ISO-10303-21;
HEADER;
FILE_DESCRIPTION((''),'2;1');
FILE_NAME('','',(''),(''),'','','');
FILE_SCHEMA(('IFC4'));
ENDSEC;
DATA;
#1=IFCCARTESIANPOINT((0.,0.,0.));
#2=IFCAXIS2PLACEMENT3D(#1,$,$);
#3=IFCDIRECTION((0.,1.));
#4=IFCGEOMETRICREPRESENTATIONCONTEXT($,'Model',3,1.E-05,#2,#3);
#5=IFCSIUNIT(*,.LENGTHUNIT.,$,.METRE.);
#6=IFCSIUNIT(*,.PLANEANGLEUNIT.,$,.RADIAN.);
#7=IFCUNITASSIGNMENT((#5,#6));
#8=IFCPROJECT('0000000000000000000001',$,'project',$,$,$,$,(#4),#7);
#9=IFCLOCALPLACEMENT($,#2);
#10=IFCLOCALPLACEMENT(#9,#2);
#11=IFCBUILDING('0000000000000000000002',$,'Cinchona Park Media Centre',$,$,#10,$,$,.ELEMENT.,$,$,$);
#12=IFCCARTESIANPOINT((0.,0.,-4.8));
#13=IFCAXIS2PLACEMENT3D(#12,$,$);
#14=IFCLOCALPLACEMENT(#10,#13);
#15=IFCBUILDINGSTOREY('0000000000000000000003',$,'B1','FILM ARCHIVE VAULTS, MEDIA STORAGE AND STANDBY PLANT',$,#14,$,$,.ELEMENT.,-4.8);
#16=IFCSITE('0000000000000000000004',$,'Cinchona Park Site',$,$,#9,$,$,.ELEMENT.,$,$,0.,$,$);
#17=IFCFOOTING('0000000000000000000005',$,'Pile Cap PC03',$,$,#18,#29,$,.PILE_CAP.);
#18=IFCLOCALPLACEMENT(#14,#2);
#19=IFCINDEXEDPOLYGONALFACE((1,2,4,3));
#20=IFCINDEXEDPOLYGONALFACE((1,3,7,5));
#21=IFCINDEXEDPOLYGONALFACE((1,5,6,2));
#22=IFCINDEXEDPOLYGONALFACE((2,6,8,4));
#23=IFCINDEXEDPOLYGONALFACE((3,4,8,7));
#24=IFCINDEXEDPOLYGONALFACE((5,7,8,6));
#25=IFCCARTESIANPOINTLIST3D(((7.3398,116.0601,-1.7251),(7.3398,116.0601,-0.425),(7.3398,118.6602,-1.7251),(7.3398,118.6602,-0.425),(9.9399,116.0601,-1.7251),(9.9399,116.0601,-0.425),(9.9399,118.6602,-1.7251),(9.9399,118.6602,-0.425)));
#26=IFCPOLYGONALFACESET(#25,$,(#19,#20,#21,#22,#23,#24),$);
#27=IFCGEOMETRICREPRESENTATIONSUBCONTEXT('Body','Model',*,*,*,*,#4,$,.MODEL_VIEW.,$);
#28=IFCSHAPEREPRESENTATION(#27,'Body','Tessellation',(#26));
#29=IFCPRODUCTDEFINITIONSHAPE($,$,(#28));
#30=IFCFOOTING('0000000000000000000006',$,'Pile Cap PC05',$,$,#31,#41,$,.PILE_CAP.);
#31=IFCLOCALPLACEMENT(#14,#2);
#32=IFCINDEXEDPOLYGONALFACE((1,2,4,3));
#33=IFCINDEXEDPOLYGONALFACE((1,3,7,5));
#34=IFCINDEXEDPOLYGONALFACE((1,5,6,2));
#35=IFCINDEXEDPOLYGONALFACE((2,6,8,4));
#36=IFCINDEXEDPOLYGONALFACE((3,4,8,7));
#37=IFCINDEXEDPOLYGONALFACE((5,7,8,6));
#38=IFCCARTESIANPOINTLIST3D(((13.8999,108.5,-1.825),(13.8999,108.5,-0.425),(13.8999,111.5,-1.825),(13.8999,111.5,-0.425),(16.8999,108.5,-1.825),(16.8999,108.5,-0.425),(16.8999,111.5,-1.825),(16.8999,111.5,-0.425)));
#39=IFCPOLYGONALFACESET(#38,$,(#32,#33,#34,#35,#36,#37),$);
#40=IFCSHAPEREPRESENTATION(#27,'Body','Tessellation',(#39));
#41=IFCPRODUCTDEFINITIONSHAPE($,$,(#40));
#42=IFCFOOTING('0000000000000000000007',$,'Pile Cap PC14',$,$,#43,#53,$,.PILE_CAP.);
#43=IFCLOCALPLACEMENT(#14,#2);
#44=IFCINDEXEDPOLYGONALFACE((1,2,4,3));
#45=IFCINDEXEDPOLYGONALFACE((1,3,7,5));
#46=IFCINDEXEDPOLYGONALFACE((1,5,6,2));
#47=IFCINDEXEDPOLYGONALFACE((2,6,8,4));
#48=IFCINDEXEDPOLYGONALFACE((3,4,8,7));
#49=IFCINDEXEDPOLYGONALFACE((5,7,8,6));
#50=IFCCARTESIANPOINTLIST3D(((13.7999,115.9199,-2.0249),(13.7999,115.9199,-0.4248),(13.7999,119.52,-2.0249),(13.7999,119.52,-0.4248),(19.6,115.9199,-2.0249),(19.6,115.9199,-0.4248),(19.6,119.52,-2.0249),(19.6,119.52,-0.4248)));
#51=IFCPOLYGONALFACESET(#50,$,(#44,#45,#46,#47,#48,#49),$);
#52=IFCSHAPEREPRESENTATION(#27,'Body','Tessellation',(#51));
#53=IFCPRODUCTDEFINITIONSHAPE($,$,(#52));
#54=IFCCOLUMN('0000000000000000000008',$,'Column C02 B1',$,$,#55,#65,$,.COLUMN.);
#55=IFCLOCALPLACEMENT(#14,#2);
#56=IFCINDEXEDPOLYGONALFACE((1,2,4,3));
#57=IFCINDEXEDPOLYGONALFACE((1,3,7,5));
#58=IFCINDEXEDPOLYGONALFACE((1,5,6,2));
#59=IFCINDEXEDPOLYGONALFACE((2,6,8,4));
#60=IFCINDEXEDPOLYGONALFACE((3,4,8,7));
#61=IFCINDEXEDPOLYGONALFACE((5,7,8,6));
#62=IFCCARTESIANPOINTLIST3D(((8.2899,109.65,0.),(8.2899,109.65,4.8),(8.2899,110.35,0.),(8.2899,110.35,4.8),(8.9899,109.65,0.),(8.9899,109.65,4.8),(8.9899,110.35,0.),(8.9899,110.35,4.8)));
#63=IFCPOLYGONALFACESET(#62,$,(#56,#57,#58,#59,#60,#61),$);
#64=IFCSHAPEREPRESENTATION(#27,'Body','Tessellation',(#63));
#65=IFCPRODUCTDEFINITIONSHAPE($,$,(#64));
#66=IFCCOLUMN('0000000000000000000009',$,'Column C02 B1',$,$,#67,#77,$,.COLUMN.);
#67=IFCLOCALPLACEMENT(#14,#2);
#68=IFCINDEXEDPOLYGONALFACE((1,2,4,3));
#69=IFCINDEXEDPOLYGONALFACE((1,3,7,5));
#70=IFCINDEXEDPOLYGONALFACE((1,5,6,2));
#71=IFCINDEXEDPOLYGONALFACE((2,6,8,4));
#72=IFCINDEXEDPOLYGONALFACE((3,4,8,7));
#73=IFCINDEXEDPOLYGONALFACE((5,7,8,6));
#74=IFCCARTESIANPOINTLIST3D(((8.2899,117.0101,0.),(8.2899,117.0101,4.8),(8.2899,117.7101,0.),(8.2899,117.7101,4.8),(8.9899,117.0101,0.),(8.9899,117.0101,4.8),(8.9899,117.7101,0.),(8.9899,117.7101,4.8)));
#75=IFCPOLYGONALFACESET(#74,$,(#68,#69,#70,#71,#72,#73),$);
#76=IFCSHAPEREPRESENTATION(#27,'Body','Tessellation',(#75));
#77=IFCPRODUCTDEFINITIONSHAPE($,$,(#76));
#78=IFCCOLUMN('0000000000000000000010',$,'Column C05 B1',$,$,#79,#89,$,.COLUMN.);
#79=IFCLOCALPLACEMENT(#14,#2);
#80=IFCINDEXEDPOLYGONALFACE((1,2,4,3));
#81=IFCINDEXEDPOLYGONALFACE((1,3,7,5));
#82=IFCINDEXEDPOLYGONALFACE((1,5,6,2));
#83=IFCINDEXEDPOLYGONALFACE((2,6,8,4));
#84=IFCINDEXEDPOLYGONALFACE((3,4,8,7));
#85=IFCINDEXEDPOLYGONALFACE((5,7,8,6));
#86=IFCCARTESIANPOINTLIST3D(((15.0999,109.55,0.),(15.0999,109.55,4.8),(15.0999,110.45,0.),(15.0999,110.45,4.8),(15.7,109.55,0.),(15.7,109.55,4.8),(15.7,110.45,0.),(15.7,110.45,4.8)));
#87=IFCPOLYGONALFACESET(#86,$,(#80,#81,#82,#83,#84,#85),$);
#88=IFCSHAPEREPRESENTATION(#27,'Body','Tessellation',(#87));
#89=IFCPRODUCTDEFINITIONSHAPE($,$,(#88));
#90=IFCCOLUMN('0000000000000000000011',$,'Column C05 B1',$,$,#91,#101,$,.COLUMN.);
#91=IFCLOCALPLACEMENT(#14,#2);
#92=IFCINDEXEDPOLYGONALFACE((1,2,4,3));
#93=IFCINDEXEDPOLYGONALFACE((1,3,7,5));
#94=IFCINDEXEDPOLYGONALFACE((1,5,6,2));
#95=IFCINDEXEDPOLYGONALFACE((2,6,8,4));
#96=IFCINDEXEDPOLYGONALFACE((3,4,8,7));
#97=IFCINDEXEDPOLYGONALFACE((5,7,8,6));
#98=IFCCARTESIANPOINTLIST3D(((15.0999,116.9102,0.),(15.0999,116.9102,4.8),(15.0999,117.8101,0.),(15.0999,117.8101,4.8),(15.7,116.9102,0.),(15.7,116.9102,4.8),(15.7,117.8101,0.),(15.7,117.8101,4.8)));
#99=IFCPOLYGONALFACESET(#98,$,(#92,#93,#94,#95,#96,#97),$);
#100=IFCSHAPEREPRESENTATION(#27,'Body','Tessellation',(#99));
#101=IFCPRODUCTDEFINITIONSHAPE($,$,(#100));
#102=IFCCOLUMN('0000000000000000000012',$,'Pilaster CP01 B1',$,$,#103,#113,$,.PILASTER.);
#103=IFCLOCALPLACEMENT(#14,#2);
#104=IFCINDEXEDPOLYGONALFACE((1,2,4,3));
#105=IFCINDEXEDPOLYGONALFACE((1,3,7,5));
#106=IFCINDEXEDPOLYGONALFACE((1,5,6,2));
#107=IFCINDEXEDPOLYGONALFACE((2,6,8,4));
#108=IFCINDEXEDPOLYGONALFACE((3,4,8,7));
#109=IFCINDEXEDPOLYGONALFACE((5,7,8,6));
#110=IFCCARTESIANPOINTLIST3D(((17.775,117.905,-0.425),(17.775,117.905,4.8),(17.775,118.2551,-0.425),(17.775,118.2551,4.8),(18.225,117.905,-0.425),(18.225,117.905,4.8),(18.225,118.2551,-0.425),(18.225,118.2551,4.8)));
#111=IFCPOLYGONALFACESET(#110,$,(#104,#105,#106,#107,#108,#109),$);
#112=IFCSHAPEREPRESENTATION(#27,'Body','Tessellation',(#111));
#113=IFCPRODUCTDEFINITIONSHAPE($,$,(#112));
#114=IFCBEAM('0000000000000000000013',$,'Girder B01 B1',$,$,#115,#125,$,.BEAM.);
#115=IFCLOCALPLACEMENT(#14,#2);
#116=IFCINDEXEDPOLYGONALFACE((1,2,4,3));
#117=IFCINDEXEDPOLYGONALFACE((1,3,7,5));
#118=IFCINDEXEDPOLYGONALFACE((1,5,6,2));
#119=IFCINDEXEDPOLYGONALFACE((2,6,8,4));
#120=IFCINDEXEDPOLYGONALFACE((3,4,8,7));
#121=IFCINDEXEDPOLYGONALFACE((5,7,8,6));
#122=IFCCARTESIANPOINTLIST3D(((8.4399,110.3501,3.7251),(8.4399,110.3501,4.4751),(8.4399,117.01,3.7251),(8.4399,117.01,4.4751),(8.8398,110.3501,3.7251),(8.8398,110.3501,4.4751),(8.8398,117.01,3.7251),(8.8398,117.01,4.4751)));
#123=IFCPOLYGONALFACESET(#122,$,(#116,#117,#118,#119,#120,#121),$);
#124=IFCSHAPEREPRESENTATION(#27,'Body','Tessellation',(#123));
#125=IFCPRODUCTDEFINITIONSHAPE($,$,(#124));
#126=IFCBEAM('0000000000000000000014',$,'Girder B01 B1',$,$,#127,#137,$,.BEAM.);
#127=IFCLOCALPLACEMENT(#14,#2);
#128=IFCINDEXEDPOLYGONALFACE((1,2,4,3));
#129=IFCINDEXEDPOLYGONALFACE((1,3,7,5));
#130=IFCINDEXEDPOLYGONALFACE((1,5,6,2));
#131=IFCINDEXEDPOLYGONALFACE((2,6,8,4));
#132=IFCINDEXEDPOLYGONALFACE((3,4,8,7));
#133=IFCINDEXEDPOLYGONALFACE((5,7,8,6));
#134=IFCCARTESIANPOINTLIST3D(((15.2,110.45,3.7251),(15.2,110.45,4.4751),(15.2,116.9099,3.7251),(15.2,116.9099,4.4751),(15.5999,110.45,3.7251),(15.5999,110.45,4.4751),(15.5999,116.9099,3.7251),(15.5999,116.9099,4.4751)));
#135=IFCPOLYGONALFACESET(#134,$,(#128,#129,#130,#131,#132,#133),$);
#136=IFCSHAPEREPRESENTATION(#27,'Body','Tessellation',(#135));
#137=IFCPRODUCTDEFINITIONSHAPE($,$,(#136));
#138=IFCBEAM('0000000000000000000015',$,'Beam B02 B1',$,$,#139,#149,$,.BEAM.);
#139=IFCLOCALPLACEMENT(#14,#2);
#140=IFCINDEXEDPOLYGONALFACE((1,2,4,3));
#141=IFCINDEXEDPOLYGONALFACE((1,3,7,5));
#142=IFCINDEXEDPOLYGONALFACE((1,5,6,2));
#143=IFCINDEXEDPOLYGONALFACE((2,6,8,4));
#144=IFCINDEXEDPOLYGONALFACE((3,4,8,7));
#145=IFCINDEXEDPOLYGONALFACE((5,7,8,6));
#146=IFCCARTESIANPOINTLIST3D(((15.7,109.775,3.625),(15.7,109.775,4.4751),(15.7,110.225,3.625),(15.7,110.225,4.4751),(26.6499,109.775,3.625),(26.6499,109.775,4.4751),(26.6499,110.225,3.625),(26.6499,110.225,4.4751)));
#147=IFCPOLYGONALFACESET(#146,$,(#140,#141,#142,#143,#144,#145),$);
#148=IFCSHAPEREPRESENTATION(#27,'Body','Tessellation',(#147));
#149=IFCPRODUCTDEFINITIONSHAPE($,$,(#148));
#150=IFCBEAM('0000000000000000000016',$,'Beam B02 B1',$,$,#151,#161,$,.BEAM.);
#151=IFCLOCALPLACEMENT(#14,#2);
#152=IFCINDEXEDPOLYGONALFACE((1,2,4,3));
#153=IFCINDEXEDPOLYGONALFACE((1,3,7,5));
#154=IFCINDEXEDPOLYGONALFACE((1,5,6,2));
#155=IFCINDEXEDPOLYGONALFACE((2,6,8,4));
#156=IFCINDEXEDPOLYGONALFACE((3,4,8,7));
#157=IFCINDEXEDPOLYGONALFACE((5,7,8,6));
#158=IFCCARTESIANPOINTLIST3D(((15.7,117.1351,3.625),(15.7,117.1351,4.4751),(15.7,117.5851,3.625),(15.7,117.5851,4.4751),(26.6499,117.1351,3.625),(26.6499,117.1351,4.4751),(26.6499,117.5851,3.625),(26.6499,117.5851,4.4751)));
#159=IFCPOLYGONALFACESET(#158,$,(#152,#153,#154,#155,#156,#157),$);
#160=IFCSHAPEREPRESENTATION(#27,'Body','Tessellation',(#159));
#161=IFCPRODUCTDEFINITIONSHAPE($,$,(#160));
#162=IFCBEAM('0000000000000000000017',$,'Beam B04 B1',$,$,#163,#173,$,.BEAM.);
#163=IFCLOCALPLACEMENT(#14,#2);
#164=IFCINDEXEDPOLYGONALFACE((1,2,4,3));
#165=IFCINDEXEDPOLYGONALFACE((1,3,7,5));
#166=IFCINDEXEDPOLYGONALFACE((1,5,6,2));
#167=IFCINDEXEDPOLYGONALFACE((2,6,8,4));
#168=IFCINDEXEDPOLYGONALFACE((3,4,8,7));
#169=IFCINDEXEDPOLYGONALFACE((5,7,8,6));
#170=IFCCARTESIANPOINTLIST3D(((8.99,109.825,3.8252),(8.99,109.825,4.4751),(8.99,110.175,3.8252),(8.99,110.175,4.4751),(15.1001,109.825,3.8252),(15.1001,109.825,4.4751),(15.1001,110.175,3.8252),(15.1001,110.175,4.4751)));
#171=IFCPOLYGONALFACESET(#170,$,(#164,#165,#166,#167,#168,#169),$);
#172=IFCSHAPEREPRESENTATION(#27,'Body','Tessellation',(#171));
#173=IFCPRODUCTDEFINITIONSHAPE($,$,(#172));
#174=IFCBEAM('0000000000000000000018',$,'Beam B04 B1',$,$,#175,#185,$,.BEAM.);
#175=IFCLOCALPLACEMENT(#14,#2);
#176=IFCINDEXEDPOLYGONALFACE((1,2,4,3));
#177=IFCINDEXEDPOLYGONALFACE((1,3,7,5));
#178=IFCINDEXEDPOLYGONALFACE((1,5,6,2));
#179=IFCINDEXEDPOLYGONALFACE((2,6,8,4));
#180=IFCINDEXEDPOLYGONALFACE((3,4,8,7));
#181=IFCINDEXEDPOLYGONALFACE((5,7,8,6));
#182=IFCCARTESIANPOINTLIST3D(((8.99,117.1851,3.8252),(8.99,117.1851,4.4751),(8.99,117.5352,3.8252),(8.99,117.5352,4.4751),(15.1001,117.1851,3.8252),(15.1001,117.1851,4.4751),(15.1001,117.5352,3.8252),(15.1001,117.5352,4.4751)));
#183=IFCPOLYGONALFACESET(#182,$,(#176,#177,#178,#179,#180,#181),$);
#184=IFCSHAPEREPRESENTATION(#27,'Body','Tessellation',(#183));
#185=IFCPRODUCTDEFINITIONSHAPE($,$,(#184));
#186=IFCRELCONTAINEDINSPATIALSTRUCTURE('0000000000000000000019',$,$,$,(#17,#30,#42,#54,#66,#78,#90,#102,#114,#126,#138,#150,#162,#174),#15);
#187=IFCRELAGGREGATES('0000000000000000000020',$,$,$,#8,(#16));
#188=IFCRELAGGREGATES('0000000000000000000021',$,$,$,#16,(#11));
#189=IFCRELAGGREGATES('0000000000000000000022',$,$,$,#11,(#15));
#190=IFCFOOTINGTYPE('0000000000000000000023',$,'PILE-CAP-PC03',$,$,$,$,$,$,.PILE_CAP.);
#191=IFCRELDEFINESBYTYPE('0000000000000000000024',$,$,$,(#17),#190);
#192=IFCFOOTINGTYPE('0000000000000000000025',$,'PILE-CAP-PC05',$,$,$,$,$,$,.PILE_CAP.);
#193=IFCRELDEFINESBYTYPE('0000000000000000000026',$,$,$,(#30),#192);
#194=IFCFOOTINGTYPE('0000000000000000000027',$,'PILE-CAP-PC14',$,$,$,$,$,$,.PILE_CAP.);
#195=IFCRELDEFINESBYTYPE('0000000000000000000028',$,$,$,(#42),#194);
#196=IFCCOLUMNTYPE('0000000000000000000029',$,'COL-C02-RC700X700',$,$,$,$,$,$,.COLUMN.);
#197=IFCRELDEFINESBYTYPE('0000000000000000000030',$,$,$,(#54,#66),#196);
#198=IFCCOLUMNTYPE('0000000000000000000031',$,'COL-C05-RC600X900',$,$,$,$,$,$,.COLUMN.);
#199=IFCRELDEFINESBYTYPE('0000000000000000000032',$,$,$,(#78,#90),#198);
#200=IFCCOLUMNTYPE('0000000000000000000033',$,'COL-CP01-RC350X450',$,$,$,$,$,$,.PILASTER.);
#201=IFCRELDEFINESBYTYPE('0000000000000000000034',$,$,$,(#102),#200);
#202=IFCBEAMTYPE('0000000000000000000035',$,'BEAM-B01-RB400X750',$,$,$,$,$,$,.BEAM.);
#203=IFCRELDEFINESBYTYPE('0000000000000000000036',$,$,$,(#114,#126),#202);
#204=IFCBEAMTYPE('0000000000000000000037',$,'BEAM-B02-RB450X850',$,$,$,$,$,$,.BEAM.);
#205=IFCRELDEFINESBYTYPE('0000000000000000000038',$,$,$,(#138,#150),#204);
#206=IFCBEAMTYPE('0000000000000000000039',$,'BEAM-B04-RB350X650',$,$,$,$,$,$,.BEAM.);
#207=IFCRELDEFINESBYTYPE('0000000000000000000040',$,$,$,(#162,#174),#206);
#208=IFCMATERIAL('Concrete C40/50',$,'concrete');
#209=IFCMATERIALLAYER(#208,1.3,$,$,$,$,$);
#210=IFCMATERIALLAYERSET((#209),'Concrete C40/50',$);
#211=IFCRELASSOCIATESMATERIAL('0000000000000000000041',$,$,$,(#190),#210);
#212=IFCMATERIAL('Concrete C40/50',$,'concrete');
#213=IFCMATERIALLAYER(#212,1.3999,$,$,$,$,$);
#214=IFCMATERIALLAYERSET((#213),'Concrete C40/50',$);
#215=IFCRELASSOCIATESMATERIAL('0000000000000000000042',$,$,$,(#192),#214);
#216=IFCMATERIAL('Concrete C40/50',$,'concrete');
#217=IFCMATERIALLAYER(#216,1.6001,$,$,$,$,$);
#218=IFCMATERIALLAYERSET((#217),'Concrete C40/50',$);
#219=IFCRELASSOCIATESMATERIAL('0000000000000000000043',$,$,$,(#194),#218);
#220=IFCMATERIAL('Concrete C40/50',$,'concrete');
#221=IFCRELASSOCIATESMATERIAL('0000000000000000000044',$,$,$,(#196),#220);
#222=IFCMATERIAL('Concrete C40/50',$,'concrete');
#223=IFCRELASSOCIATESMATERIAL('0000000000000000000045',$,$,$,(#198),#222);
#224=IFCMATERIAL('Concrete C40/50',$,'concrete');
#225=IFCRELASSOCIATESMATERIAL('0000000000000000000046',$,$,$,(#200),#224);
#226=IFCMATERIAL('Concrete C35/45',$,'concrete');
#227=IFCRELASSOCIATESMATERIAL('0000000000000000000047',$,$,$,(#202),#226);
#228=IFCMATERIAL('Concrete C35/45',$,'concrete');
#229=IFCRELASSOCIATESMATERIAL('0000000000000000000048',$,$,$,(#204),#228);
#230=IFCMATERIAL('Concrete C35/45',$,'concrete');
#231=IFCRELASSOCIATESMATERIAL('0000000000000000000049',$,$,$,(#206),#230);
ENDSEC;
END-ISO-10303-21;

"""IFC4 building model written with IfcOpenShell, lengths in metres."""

from ifc_helpers import new_model, si_unit, direction, frame, origin, origin_2d, place, context, subcontext, project, spatial, rectangle, extrude, material, layer, layer_set, material_profile, profile_set, type_object, element, save


model = new_model("IFC4")

# Units and contexts
model_context = context("Model", 3, precision=1e-05, world=origin(), true_north=direction((0.0, 1.0)))
body_context = subcontext(model_context, "Body", "Model", "MODEL_VIEW")
ifc_project = project(units=[si_unit("LENGTHUNIT", "METRE"), si_unit("PLANEANGLEUNIT", "RADIAN")], contexts=[model_context])

# Site, building, storey
site_placement = place(None, origin())
site = spatial("IfcSite", under=ifc_project, at=site_placement, Name="Cinchona Park Site", CompositionType="ELEMENT", RefElevation=0.0)
building_placement = place(site_placement, origin())
building = spatial("IfcBuilding", under=site, at=building_placement, Name="Cinchona Park Media Centre", CompositionType="ELEMENT")
storey_placement = place(building_placement, frame((0.0, 0.0, -4.8)))
storey = spatial("IfcBuildingStorey", under=building, at=storey_placement, Name="B1", Description="FILM ARCHIVE VAULTS, MEDIA STORAGE AND STANDBY PLANT", CompositionType="ELEMENT", Elevation=-4.8)

# Footings
ifc_material_1 = material(Name="Concrete C40/50", Category="concrete")
ifc_layer_1 = layer(ifc_material_1, 1.3)
ifc_layer_set_1 = layer_set([ifc_layer_1], Name="Concrete C40/50")
footing_type_1 = type_object("IfcFootingType", Name="PILE-CAP-PC03", PredefinedType="PILE_CAP", material=ifc_layer_set_1)
footing_1_placement = place(storey_placement, frame((8.6399, 117.3601, -1.7251), z_axis=(0.0, 0.0, 1.0), x_axis=(1.0, 0.0, 0.0)))
element("IfcFooting", 1, at=footing_1_placement, inside=storey, type_object=footing_type_1, Name="Pile Cap PC03", PredefinedType="PILE_CAP", context=body_context, shape_type="SweptSolid", body=[
    extrude(rectangle(XDim=2.6001, YDim=2.6001, at=origin_2d()), origin(), (0.0, 0.0, 1.0), 1.3),
])
ifc_material_2 = material(Name="Concrete C40/50", Category="concrete")
ifc_layer_2 = layer(ifc_material_2, 1.3999)
ifc_layer_set_2 = layer_set([ifc_layer_2], Name="Concrete C40/50")
footing_type_2 = type_object("IfcFootingType", Name="PILE-CAP-PC05", PredefinedType="PILE_CAP", material=ifc_layer_set_2)
footing_2_placement = place(storey_placement, frame((15.3999, 110.0, -1.825), z_axis=(0.0, 0.0, 1.0), x_axis=(1.0, 0.0, 0.0)))
element("IfcFooting", 2, at=footing_2_placement, inside=storey, type_object=footing_type_2, Name="Pile Cap PC05", PredefinedType="PILE_CAP", context=body_context, shape_type="SweptSolid", body=[
    extrude(rectangle(XDim=3.0, YDim=3.0, at=origin_2d()), origin(), (0.0, 0.0, 1.0), 1.3999),
])
ifc_material_3 = material(Name="Concrete C40/50", Category="concrete")
ifc_layer_3 = layer(ifc_material_3, 1.6001)
ifc_layer_set_3 = layer_set([ifc_layer_3], Name="Concrete C40/50")
footing_type_3 = type_object("IfcFootingType", Name="PILE-CAP-PC14", PredefinedType="PILE_CAP", material=ifc_layer_set_3)
footing_3_placement = place(storey_placement, frame((16.7, 117.72, -2.0249), z_axis=(0.0, 0.0, 1.0), x_axis=(1.0, 0.0, 0.0)))
element("IfcFooting", 3, at=footing_3_placement, inside=storey, type_object=footing_type_3, Name="Pile Cap PC14", PredefinedType="PILE_CAP", context=body_context, shape_type="SweptSolid", body=[
    extrude(rectangle(XDim=5.8, YDim=3.6001, at=origin_2d()), origin(), (0.0, 0.0, 1.0), 1.6001),
])

# Columns
ifc_material_4 = material(Name="Concrete C40/50", Category="concrete")
ifc_material_profile_1 = material_profile(ifc_material_4, rectangle(XDim=0.7, YDim=0.7, at=origin_2d()), Name="RC 700X700")
ifc_profile_set_1 = profile_set([ifc_material_profile_1], Name="Concrete C40/50")
column_type_1 = type_object("IfcColumnType", Name="COL-C02-RC700X700", PredefinedType="COLUMN", material=ifc_profile_set_1)
for number, where, z_axis, x_axis, name in (
    (4, (8.6399, 110.0, 0.0), (0.0, 0.0, 1.0), (1.0, 0.0, 0.0), "Column C02 B1"),
    (5, (8.6399, 117.3601, 0.0), (0.0, 0.0, 1.0), (1.0, 0.0, 0.0), "Column C02 B1"),
):
    element("IfcColumn", number, at=place(storey_placement, frame(where, z_axis=z_axis, x_axis=x_axis)), inside=storey, type_object=column_type_1, Name=name, PredefinedType="COLUMN", context=body_context, shape_type="SweptSolid", body=[
        extrude(rectangle(XDim=0.7, YDim=0.7, at=origin_2d()), origin(), (0.0, 0.0, 1.0), 4.8),
    ])
ifc_material_5 = material(Name="Concrete C40/50", Category="concrete")
ifc_material_profile_2 = material_profile(ifc_material_5, rectangle(XDim=0.6001, YDim=0.8999, at=origin_2d()), Name="RC 600X900")
ifc_profile_set_2 = profile_set([ifc_material_profile_2], Name="Concrete C40/50")
column_type_2 = type_object("IfcColumnType", Name="COL-C05-RC600X900", PredefinedType="COLUMN", material=ifc_profile_set_2)
for number, where, z_axis, x_axis, name in (
    (6, (15.3999, 110.0, 0.0), (0.0, 0.0, 1.0), (1.0, 0.0, 0.0), "Column C05 B1"),
    (7, (15.3999, 117.3601, 0.0), (0.0, 0.0, 1.0), (1.0, 0.0, 0.0), "Column C05 B1"),
):
    element("IfcColumn", number, at=place(storey_placement, frame(where, z_axis=z_axis, x_axis=x_axis)), inside=storey, type_object=column_type_2, Name=name, PredefinedType="COLUMN", context=body_context, shape_type="SweptSolid", body=[
        extrude(rectangle(XDim=0.6001, YDim=0.8999, at=origin_2d()), origin(), (0.0, 0.0, 1.0), 4.8),
    ])
ifc_material_6 = material(Name="Concrete C40/50", Category="concrete")
ifc_material_profile_3 = material_profile(ifc_material_6, rectangle(XDim=0.3501, YDim=0.45, at=origin_2d()), Name="RC 350X450")
ifc_profile_set_3 = profile_set([ifc_material_profile_3], Name="Concrete C40/50")
column_type_3 = type_object("IfcColumnType", Name="COL-CP01-RC350X450", PredefinedType="PILASTER", material=ifc_profile_set_3)
column_placement = place(storey_placement, frame((18.0, 118.0801, -0.425), z_axis=(0.0, 0.0, 1.0), x_axis=(0.0, 1.0, 0.0)))
element("IfcColumn", 8, at=column_placement, inside=storey, type_object=column_type_3, Name="Pilaster CP01 B1", PredefinedType="PILASTER", context=body_context, shape_type="SweptSolid", body=[
    extrude(rectangle(XDim=0.3501, YDim=0.45, at=origin_2d()), origin(), (0.0, 0.0, 1.0), 5.2251),
])

# Beams
ifc_material_7 = material(Name="Concrete C35/45", Category="concrete")
ifc_material_profile_4 = material_profile(ifc_material_7, rectangle(XDim=0.3999, YDim=0.75, at=origin_2d()), Name="RB 400X750")
ifc_profile_set_4 = profile_set([ifc_material_profile_4], Name="Concrete C35/45")
beam_type_1 = type_object("IfcBeamType", Name="BEAM-B01-RB400X750", PredefinedType="BEAM", material=ifc_profile_set_4)
beam_1_placement = place(storey_placement, frame((8.6399, 110.3501, 4.1001), z_axis=(0.0, 1.0, 0.0), x_axis=(-1.0, 0.0, 0.0)))
element("IfcBeam", 9, at=beam_1_placement, inside=storey, type_object=beam_type_1, Name="Girder B01 B1", PredefinedType="BEAM", context=body_context, shape_type="SweptSolid", body=[
    extrude(rectangle(XDim=0.3999, YDim=0.75, at=origin_2d()), origin(), (0.0, 0.0, 1.0), 6.6599),
])
beam_2_placement = place(storey_placement, frame((15.3999, 110.45, 4.1001), z_axis=(0.0, 1.0, 0.0), x_axis=(-1.0, 0.0, 0.0)))
element("IfcBeam", 10, at=beam_2_placement, inside=storey, type_object=beam_type_1, Name="Girder B01 B1", PredefinedType="BEAM", context=body_context, shape_type="SweptSolid", body=[
    extrude(rectangle(XDim=0.3999, YDim=0.75, at=origin_2d()), origin(), (0.0, 0.0, 1.0), 6.46),
])
ifc_material_8 = material(Name="Concrete C35/45", Category="concrete")
ifc_material_profile_5 = material_profile(ifc_material_8, rectangle(XDim=0.45, YDim=0.8501, at=origin_2d()), Name="RB 450X850")
ifc_profile_set_5 = profile_set([ifc_material_profile_5], Name="Concrete C35/45")
beam_type_2 = type_object("IfcBeamType", Name="BEAM-B02-RB450X850", PredefinedType="BEAM", material=ifc_profile_set_5)
for number, where, z_axis, x_axis, name in (
    (11, (15.7, 110.0, 4.05), (1.0, 0.0, 0.0), (0.0, 1.0, 0.0), "Beam B02 B1"),
    (12, (15.7, 117.3601, 4.05), (1.0, 0.0, 0.0), (0.0, 1.0, 0.0), "Beam B02 B1"),
):
    element("IfcBeam", number, at=place(storey_placement, frame(where, z_axis=z_axis, x_axis=x_axis)), inside=storey, type_object=beam_type_2, Name=name, PredefinedType="BEAM", context=body_context, shape_type="SweptSolid", body=[
        extrude(rectangle(XDim=0.45, YDim=0.8501, at=origin_2d()), origin(), (0.0, 0.0, 1.0), 10.95),
    ])
ifc_material_9 = material(Name="Concrete C35/45", Category="concrete")
ifc_material_profile_6 = material_profile(ifc_material_9, rectangle(XDim=0.3501, YDim=0.6499, at=origin_2d()), Name="RB 350X650")
ifc_profile_set_6 = profile_set([ifc_material_profile_6], Name="Concrete C35/45")
beam_type_3 = type_object("IfcBeamType", Name="BEAM-B04-RB350X650", PredefinedType="BEAM", material=ifc_profile_set_6)
for number, where, z_axis, x_axis, name in (
    (13, (8.99, 110.0, 4.1501), (1.0, 0.0, 0.0), (0.0, 1.0, 0.0), "Beam B04 B1"),
    (14, (8.99, 117.3601, 4.1501), (1.0, 0.0, 0.0), (0.0, 1.0, 0.0), "Beam B04 B1"),
):
    element("IfcBeam", number, at=place(storey_placement, frame(where, z_axis=z_axis, x_axis=x_axis)), inside=storey, type_object=beam_type_3, Name=name, PredefinedType="BEAM", context=body_context, shape_type="SweptSolid", body=[
        extrude(rectangle(XDim=0.3501, YDim=0.6499, at=origin_2d()), origin(), (0.0, 0.0, 1.0), 6.1101),
    ])

save(model, "model.ifc")
